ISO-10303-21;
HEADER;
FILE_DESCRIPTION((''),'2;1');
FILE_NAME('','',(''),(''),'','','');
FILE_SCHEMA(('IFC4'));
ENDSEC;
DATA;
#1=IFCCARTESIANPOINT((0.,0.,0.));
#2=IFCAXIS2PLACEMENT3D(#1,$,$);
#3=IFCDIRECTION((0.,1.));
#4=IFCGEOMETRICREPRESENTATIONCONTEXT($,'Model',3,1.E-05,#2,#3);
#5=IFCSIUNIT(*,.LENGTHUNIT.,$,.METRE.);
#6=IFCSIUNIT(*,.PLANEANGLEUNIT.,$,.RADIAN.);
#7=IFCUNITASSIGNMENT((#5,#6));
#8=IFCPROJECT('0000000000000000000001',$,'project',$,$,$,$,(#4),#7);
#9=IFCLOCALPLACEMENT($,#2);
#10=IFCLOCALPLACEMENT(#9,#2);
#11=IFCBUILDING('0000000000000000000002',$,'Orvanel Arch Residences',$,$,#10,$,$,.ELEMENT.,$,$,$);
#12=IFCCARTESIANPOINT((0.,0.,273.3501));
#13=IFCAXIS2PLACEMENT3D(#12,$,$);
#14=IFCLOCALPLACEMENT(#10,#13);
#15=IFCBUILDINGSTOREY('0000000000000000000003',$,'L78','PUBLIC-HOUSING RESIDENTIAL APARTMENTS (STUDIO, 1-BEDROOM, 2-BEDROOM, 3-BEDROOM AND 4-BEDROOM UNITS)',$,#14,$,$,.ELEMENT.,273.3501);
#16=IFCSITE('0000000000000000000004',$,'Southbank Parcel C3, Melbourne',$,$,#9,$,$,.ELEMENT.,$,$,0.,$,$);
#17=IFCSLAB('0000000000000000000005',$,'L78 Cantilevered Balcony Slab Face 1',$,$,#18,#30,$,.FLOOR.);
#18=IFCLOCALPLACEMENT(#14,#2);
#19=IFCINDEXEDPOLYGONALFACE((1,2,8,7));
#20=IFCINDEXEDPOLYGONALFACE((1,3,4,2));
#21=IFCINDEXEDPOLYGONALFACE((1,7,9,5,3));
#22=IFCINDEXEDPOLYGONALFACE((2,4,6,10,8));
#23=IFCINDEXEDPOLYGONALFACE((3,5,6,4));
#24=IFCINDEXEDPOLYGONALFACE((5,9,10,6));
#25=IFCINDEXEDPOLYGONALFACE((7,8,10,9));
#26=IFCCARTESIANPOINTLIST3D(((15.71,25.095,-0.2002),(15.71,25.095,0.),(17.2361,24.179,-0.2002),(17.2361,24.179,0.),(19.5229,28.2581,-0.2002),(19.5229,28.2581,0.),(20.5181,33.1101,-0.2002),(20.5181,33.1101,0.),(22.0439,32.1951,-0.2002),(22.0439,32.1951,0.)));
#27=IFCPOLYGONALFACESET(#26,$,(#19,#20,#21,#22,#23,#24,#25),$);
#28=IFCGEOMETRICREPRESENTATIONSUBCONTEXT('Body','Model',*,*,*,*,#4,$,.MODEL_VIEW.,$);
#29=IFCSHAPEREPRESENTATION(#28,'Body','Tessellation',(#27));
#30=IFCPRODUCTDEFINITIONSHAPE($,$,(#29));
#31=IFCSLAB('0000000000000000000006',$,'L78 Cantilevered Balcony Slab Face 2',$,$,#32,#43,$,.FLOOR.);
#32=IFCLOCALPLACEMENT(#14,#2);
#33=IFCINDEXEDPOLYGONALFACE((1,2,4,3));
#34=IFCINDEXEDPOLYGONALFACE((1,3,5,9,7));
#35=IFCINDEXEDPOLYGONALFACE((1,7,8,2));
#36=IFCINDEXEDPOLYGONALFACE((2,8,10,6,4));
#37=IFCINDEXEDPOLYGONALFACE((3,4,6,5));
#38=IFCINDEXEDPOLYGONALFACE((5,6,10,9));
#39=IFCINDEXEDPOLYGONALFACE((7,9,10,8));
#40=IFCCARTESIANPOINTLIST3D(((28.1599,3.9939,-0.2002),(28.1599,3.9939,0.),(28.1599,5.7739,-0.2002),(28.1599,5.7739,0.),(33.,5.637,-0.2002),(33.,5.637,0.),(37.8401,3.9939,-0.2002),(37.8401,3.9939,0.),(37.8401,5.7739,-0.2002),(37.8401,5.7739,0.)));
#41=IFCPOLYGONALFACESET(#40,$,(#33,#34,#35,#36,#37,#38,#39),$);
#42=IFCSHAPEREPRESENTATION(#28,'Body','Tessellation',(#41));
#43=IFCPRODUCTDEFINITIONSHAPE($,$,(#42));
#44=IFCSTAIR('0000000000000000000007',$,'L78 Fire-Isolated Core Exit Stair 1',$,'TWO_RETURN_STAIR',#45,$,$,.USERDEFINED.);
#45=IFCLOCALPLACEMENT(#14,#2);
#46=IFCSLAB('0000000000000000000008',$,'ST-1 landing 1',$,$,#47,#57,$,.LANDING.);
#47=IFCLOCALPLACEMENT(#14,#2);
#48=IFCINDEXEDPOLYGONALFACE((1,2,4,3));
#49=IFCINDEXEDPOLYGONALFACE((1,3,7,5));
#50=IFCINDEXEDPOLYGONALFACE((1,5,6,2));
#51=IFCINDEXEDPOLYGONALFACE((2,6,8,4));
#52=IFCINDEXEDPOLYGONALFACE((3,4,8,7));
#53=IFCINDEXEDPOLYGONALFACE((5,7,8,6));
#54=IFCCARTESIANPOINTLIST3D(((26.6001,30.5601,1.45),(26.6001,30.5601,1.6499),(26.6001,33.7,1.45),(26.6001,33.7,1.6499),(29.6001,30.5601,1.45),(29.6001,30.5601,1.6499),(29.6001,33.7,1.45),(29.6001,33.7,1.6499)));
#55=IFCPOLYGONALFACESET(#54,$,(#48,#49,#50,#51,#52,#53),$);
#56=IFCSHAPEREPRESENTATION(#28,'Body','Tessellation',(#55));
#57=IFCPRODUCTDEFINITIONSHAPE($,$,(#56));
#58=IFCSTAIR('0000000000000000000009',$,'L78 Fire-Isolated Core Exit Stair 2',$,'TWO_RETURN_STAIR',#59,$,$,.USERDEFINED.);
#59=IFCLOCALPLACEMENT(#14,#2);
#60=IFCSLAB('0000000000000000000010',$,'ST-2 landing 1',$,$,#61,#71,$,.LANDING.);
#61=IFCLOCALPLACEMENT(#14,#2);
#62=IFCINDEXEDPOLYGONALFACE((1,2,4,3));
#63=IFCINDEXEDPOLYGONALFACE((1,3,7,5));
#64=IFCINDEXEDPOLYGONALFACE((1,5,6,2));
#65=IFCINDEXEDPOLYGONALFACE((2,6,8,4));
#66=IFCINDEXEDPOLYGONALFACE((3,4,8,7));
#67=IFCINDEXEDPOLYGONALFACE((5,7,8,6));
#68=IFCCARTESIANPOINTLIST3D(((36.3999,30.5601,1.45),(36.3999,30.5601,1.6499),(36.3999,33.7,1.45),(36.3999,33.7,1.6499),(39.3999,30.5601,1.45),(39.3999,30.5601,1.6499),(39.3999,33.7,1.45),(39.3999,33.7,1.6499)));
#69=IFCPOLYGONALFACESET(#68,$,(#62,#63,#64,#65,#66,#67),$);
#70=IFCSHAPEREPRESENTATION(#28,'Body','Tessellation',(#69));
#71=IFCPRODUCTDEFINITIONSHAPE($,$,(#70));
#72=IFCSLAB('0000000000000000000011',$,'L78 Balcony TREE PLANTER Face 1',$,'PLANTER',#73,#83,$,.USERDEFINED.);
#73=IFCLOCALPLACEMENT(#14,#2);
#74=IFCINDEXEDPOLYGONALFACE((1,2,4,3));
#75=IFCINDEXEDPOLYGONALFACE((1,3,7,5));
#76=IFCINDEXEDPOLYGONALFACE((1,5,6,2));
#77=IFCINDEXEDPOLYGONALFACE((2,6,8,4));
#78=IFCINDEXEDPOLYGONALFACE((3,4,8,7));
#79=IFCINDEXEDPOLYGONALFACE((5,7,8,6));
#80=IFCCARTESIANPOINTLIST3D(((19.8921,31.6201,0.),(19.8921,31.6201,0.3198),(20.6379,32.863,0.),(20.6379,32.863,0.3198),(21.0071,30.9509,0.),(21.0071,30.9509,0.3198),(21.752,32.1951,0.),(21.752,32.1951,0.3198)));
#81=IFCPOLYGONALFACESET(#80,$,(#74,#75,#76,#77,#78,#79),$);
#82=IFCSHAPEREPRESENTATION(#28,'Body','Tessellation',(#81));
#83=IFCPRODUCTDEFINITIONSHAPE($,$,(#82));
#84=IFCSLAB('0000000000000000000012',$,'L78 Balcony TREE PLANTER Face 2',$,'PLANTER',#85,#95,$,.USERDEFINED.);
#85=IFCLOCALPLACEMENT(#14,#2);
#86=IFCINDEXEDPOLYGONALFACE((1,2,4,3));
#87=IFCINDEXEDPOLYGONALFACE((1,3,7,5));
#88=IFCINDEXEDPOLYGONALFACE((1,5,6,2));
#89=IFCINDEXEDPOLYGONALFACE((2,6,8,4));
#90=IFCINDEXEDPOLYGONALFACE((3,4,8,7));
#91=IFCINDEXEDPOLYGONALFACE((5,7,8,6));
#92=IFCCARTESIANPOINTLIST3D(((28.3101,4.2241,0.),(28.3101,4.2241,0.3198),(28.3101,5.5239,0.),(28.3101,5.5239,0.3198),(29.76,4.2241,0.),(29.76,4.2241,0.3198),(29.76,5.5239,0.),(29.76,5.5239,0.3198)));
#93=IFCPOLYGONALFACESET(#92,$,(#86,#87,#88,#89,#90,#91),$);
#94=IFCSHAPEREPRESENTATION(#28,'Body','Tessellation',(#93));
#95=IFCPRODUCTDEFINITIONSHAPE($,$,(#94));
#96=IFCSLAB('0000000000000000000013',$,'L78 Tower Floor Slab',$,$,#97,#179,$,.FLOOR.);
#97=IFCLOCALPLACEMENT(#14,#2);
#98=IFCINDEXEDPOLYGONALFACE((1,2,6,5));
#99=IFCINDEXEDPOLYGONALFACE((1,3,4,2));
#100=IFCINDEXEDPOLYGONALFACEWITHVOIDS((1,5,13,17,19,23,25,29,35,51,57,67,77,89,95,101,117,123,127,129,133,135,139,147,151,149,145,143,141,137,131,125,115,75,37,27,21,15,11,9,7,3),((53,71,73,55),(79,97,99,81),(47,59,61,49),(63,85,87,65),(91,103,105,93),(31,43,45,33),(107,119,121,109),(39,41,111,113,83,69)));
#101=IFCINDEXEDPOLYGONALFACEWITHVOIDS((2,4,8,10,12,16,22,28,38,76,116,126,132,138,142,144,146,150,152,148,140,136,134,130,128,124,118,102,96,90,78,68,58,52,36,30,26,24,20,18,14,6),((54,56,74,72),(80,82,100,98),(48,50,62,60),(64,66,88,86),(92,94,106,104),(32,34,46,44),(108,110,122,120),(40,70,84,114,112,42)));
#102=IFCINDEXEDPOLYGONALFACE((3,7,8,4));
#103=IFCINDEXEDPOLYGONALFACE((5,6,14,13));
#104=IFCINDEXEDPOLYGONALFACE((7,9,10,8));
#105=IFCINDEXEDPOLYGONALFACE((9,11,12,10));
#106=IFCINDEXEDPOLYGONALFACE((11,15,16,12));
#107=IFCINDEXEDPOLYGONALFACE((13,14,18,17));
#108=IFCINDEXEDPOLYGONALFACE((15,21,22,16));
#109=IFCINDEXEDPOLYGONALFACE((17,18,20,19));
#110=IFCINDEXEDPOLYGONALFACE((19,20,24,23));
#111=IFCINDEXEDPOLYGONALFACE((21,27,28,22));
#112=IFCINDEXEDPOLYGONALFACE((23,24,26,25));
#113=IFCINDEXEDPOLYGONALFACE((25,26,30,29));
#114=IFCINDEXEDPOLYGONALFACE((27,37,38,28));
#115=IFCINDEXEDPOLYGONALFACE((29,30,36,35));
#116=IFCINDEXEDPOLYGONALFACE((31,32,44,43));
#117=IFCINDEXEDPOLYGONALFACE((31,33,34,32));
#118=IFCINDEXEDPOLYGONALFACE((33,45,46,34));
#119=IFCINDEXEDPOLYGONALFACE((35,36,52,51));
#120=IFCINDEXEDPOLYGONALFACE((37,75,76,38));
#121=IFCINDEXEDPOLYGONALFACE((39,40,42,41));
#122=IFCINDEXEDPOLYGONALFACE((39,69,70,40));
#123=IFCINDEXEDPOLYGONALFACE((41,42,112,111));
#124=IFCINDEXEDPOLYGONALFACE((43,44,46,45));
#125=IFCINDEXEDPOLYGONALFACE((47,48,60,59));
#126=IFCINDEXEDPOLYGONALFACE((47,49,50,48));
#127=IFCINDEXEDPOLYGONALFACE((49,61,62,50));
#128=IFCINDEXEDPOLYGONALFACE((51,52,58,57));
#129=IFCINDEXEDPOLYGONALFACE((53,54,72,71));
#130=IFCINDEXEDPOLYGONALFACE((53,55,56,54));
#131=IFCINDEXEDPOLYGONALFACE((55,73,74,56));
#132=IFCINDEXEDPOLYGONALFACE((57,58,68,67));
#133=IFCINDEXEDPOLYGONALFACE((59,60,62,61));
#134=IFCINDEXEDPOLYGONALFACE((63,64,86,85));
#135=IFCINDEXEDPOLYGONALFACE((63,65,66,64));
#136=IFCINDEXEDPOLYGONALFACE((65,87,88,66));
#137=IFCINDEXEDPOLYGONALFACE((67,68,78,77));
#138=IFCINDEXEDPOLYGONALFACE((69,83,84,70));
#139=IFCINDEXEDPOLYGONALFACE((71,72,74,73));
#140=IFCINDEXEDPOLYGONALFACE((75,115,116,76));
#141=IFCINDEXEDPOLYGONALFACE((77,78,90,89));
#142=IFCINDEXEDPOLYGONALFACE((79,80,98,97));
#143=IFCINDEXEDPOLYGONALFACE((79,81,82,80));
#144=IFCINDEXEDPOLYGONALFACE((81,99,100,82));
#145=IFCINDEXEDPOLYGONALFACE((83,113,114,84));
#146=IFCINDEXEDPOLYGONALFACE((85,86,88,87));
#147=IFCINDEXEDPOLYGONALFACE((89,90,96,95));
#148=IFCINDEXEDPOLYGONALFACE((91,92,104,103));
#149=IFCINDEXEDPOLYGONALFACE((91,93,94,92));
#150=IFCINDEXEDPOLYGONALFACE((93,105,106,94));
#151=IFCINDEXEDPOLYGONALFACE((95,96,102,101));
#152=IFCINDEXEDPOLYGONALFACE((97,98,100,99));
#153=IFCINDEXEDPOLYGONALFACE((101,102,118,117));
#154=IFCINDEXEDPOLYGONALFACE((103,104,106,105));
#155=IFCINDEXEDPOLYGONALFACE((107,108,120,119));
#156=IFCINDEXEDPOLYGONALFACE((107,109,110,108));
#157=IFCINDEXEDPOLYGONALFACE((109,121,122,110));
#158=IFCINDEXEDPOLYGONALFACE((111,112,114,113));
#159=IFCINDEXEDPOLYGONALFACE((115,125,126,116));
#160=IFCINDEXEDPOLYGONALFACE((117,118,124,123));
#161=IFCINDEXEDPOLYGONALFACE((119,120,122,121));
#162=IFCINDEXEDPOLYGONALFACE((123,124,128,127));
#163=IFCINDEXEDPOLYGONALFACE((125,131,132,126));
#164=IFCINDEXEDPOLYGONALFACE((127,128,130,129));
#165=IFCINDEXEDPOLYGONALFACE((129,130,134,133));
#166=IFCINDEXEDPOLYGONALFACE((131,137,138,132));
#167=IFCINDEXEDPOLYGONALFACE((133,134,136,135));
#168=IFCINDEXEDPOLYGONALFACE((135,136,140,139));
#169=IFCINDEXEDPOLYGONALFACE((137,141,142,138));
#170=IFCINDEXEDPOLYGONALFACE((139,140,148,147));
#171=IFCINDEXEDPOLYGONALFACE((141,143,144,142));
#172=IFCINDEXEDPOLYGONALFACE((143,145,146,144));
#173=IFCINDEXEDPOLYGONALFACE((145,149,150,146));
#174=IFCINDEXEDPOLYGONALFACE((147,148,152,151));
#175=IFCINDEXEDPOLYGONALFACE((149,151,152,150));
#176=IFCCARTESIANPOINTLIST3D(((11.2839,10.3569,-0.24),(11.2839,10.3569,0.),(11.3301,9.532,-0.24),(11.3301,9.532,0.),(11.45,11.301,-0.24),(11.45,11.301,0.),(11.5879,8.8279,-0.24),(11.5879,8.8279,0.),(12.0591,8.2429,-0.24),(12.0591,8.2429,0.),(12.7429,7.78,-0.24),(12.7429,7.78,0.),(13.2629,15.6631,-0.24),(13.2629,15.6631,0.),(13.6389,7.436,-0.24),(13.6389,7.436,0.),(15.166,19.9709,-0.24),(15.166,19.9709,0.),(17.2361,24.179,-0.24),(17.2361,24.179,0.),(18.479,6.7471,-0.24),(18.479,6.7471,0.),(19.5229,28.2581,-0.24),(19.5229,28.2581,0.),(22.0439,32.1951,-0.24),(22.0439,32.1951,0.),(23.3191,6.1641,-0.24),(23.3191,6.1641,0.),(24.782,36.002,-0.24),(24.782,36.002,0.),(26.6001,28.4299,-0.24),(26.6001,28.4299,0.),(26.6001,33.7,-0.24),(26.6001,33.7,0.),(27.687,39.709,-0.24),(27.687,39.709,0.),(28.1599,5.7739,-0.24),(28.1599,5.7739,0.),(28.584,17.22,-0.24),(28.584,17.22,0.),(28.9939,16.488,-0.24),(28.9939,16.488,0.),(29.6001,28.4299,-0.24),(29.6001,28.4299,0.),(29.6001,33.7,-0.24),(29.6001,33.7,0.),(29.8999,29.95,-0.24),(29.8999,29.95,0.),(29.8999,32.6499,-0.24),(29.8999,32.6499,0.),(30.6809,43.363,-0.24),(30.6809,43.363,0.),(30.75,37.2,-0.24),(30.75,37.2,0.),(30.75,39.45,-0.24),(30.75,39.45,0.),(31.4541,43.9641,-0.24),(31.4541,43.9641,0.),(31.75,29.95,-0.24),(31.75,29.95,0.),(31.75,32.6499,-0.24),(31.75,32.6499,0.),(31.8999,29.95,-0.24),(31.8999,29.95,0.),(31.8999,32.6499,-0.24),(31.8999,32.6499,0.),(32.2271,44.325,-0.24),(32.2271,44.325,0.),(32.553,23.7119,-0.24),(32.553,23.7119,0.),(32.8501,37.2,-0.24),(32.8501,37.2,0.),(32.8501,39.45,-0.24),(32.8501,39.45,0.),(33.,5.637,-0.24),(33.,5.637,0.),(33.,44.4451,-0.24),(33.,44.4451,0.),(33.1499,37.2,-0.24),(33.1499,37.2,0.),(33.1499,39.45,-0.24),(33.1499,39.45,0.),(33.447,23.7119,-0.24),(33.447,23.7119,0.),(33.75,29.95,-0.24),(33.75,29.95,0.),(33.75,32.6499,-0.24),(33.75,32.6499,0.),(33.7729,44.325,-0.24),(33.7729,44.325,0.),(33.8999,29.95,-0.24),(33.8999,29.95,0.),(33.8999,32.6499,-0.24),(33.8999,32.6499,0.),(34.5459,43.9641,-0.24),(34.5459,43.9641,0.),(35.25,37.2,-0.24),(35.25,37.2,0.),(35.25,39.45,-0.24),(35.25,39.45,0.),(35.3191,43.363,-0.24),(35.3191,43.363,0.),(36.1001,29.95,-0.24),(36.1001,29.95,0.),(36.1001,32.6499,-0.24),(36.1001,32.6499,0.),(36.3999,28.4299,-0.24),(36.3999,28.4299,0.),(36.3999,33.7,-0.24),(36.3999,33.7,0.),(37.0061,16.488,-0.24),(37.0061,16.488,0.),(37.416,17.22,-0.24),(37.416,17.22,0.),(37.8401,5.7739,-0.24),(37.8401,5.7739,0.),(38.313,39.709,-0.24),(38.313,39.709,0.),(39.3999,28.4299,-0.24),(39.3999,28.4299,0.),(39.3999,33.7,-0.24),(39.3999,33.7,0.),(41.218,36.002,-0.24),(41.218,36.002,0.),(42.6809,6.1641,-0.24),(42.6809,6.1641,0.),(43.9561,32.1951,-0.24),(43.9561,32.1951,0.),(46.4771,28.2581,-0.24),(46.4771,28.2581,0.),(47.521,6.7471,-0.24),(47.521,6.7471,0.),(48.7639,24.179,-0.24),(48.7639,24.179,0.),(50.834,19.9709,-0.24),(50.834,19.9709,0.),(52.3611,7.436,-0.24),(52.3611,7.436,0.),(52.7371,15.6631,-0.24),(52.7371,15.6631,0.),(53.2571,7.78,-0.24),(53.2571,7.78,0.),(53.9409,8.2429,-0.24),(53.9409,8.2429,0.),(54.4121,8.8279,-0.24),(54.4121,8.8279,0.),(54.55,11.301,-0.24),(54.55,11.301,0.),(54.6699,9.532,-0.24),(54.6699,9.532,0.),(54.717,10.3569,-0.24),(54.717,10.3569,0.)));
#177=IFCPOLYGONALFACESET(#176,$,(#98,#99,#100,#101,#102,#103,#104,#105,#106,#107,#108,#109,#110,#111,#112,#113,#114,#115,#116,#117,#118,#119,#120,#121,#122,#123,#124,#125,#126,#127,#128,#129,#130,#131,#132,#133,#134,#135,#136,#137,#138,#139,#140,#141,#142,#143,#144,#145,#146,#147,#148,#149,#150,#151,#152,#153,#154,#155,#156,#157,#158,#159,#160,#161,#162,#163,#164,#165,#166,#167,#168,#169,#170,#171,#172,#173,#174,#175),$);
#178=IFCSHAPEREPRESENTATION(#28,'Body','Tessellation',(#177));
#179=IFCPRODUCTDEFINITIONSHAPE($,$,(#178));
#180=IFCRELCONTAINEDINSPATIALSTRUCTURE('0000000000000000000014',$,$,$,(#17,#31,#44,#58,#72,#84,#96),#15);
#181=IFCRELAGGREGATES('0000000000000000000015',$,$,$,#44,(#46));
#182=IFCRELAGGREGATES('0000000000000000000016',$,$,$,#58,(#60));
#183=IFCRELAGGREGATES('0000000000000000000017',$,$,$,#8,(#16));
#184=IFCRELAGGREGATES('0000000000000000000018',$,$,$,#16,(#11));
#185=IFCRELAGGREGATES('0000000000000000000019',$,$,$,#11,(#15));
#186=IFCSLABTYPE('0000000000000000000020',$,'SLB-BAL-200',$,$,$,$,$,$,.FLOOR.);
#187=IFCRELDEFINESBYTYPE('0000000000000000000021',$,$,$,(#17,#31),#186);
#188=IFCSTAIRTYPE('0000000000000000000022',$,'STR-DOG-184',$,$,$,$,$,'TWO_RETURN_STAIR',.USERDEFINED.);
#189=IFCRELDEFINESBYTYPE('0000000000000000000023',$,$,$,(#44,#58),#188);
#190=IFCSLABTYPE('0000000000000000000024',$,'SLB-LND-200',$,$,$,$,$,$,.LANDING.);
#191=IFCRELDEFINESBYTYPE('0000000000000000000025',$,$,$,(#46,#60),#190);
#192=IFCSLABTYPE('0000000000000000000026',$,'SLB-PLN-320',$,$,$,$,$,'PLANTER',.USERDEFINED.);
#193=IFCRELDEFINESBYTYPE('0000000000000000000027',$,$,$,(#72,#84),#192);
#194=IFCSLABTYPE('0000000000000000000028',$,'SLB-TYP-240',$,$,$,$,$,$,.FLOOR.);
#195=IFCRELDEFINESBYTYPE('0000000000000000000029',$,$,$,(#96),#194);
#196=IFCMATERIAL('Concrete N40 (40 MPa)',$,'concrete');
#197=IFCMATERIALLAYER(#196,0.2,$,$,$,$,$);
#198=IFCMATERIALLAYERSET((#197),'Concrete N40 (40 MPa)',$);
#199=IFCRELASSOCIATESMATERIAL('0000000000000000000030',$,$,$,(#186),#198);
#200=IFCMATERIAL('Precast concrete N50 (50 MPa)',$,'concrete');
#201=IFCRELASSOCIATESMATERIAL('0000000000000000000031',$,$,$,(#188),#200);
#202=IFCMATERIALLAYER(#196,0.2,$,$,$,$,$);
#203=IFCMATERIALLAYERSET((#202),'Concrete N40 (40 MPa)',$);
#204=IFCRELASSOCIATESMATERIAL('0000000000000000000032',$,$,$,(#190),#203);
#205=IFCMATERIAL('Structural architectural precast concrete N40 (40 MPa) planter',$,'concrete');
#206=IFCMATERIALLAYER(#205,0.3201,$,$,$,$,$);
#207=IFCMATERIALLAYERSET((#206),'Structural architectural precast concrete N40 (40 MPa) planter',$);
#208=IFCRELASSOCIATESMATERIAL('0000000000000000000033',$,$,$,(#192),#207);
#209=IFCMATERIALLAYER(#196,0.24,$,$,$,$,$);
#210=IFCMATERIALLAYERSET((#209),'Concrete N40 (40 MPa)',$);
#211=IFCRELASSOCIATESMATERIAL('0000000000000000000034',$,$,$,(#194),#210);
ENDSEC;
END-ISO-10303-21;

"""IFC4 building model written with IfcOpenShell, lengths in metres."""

from ifc_helpers import new_model, si_unit, direction, frame, origin, place, context, subcontext, project, spatial, polyline, outline, extrude, material, layer, layer_set, type_object, element, aggregate, save


model = new_model("IFC4")

# Units and contexts
model_context = context("Model", 3, precision=1e-05, world=origin(), true_north=direction((0.0, 1.0)))
body_context = subcontext(model_context, "Body", "Model", "MODEL_VIEW")
ifc_project = project(units=[si_unit("LENGTHUNIT", "METRE"), si_unit("PLANEANGLEUNIT", "RADIAN")], contexts=[model_context])

# Site, building, storey
site_placement = place(None, origin())
site = spatial("IfcSite", under=ifc_project, at=site_placement, Name="Southbank Parcel C3, Melbourne", CompositionType="ELEMENT", RefElevation=0.0)
building_placement = place(site_placement, origin())
building = spatial("IfcBuilding", under=site, at=building_placement, Name="Orvanel Arch Residences", CompositionType="ELEMENT")
storey_placement = place(building_placement, frame((0.0, 0.0, 273.3501)))
storey = spatial("IfcBuildingStorey", under=building, at=storey_placement, Name="L78", Description="PUBLIC-HOUSING RESIDENTIAL APARTMENTS (STUDIO, 1-BEDROOM, 2-BEDROOM, 3-BEDROOM AND 4-BEDROOM UNITS)", CompositionType="ELEMENT", Elevation=273.3501)

# Slabs
ifc_material_1 = material(Name="Concrete N40 (40 MPa)", Category="concrete")
ifc_layer_1 = layer(ifc_material_1, 0.2)
ifc_layer_set_1 = layer_set([ifc_layer_1], Name="Concrete N40 (40 MPa)")
slab_type_1 = type_object("IfcSlabType", Name="SLB-BAL-200", PredefinedType="FLOOR", material=ifc_layer_set_1)
slab_1_placement = place(storey_placement, frame((0.0, 0.0, -0.2002)))
element("IfcSlab", 1, at=slab_1_placement, inside=storey, type_object=slab_type_1, Name="L78 Cantilevered Balcony Slab Face 1", PredefinedType="FLOOR", context=body_context, shape_type="SweptSolid", body=[
    extrude(outline(polyline([(20.5181, 33.1101), (15.71, 25.095), (17.2361, 24.179), (19.5229, 28.2581), (22.0439, 32.1951), (20.5181, 33.1101)])), origin(), (0.0, 0.0, 1.0), 0.2002),
])
slab_2_placement = place(storey_placement, frame((0.0, 0.0, -0.2002)))
element("IfcSlab", 2, at=slab_2_placement, inside=storey, type_object=slab_type_1, Name="L78 Cantilevered Balcony Slab Face 2", PredefinedType="FLOOR", context=body_context, shape_type="SweptSolid", body=[
    extrude(outline(polyline([(28.1599, 3.9939), (37.8401, 3.9939), (37.8401, 5.7739), (33.0, 5.637), (28.1599, 5.7739), (28.1599, 3.9939)])), origin(), (0.0, 0.0, 1.0), 0.2002),
])

# Stairs, slabs
ifc_material_2 = material(Name="Precast concrete N50 (50 MPa)", Category="concrete")
stair_type = type_object("IfcStairType", Name="STR-DOG-184", ElementType="TWO_RETURN_STAIR", PredefinedType="USERDEFINED", material=ifc_material_2)
stair_1_placement = place(storey_placement, origin())
stair_1 = element("IfcStair", 3, at=stair_1_placement, inside=storey, type_object=stair_type, Name="L78 Fire-Isolated Core Exit Stair 1", ObjectType="TWO_RETURN_STAIR", PredefinedType="USERDEFINED")
ifc_layer_2 = layer(ifc_material_1, 0.2)
ifc_layer_set_2 = layer_set([ifc_layer_2], Name="Concrete N40 (40 MPa)")
slab_type_2 = type_object("IfcSlabType", Name="SLB-LND-200", PredefinedType="LANDING", material=ifc_layer_set_2)
slab_3_placement = place(storey_placement, frame((0.0, 0.0, 1.45)))
slab_3 = element("IfcSlab", 4, at=slab_3_placement, type_object=slab_type_2, Name="ST-1 landing 1", PredefinedType="LANDING", context=body_context, shape_type="SweptSolid", body=[
    extrude(outline(polyline([(29.6001, 30.5601), (29.6001, 33.7), (26.6001, 33.7), (26.6001, 30.5601), (29.6001, 30.5601)])), origin(), (0.0, 0.0, 1.0), 0.2),
])
aggregate(stair_1, [slab_3])
stair_2_placement = place(storey_placement, origin())
stair_2 = element("IfcStair", 5, at=stair_2_placement, inside=storey, type_object=stair_type, Name="L78 Fire-Isolated Core Exit Stair 2", ObjectType="TWO_RETURN_STAIR", PredefinedType="USERDEFINED")
slab_4_placement = place(storey_placement, frame((0.0, 0.0, 1.45)))
slab_4 = element("IfcSlab", 6, at=slab_4_placement, type_object=slab_type_2, Name="ST-2 landing 1", PredefinedType="LANDING", context=body_context, shape_type="SweptSolid", body=[
    extrude(outline(polyline([(39.3999, 30.5601), (39.3999, 33.7), (36.3999, 33.7), (36.3999, 30.5601), (39.3999, 30.5601)])), origin(), (0.0, 0.0, 1.0), 0.2),
])
aggregate(stair_2, [slab_4])

# Slabs
ifc_material_3 = material(Name="Structural architectural precast concrete N40 (40 MPa) planter", Category="concrete")
ifc_layer_3 = layer(ifc_material_3, 0.3201)
ifc_layer_set_3 = layer_set([ifc_layer_3], Name="Structural architectural precast concrete N40 (40 MPa) planter")
slab_type_3 = type_object("IfcSlabType", Name="SLB-PLN-320", ElementType="PLANTER", PredefinedType="USERDEFINED", material=ifc_layer_set_3)
slab_5_placement = place(storey_placement, origin())
element("IfcSlab", 7, at=slab_5_placement, inside=storey, type_object=slab_type_3, Name="L78 Balcony TREE PLANTER Face 1", ObjectType="PLANTER", PredefinedType="USERDEFINED", context=body_context, shape_type="SweptSolid", body=[
    extrude(outline(polyline([(20.6379, 32.863), (19.8921, 31.6201), (21.0071, 30.9509), (21.752, 32.1951), (20.6379, 32.863)])), origin(), (0.0, 0.0, 1.0), 0.3198),
])
slab_6_placement = place(storey_placement, origin())
element("IfcSlab", 8, at=slab_6_placement, inside=storey, type_object=slab_type_3, Name="L78 Balcony TREE PLANTER Face 2", ObjectType="PLANTER", PredefinedType="USERDEFINED", context=body_context, shape_type="SweptSolid", body=[
    extrude(outline(polyline([(28.3101, 4.2241), (29.76, 4.2241), (29.76, 5.5239), (28.3101, 5.5239), (28.3101, 4.2241)])), origin(), (0.0, 0.0, 1.0), 0.3198),
])
ifc_layer_4 = layer(ifc_material_1, 0.24)
ifc_layer_set_4 = layer_set([ifc_layer_4], Name="Concrete N40 (40 MPa)")
slab_type_4 = type_object("IfcSlabType", Name="SLB-TYP-240", PredefinedType="FLOOR", material=ifc_layer_set_4)
slab_7_placement = place(storey_placement, frame((0.0, 0.0, -0.24)))
element("IfcSlab", 9, at=slab_7_placement, inside=storey, type_object=slab_type_4, Name="L78 Tower Floor Slab", PredefinedType="FLOOR", context=body_context, shape_type="SweptSolid", body=[
    extrude(outline(polyline([(35.3191, 43.363), (34.5459, 43.9641), (33.7729, 44.325), (33.0, 44.4451), (32.2271, 44.325), (31.4541, 43.9641), (30.6809, 43.363), (27.687, 39.709), (24.782, 36.002), (22.0439, 32.1951), (19.5229, 28.2581), (17.2361, 24.179), (15.166, 19.9709), (13.2629, 15.6631), (11.45, 11.301), (11.2839, 10.3569), (11.3301, 9.532), (11.5879, 8.8279), (12.0591, 8.2429), (12.7429, 7.78), (13.6389, 7.436), (18.479, 6.7471), (23.3191, 6.1641), (28.1599, 5.7739), (33.0, 5.637), (37.8401, 5.7739), (42.6809, 6.1641), (47.521, 6.7471), (52.3611, 7.436), (53.2571, 7.78), (53.9409, 8.2429), (54.4121, 8.8279), (54.6699, 9.532), (54.717, 10.3569), (54.55, 11.301), (52.7371, 15.6631), (50.834, 19.9709), (48.7639, 24.179), (46.4771, 28.2581), (43.9561, 32.1951), (41.218, 36.002), (38.313, 39.709), (35.3191, 43.363)]), holes=[polyline([(26.6001, 28.4299), (26.6001, 33.7), (29.6001, 33.7), (29.6001, 28.4299), (26.6001, 28.4299)]), polyline([(36.3999, 28.4299), (36.3999, 33.7), (39.3999, 33.7), (39.3999, 28.4299), (36.3999, 28.4299)]), polyline([(29.8999, 32.6499), (31.75, 32.6499), (31.75, 29.95), (29.8999, 29.95), (29.8999, 32.6499)]), polyline([(31.8999, 32.6499), (33.75, 32.6499), (33.75, 29.95), (31.8999, 29.95), (31.8999, 32.6499)]), polyline([(33.8999, 32.6499), (36.1001, 32.6499), (36.1001, 29.95), (33.8999, 29.95), (33.8999, 32.6499)]), polyline([(30.75, 39.45), (32.8501, 39.45), (32.8501, 37.2), (30.75, 37.2), (30.75, 39.45)]), polyline([(33.1499, 39.45), (35.25, 39.45), (35.25, 37.2), (33.1499, 37.2), (33.1499, 39.45)]), polyline([(37.416, 17.22), (37.0061, 16.488), (28.9939, 16.488), (28.584, 17.22), (32.553, 23.7119), (33.447, 23.7119), (37.416, 17.22)])]), origin(), (0.0, 0.0, 1.0), 0.24),
])

save(model, "model.ifc")
